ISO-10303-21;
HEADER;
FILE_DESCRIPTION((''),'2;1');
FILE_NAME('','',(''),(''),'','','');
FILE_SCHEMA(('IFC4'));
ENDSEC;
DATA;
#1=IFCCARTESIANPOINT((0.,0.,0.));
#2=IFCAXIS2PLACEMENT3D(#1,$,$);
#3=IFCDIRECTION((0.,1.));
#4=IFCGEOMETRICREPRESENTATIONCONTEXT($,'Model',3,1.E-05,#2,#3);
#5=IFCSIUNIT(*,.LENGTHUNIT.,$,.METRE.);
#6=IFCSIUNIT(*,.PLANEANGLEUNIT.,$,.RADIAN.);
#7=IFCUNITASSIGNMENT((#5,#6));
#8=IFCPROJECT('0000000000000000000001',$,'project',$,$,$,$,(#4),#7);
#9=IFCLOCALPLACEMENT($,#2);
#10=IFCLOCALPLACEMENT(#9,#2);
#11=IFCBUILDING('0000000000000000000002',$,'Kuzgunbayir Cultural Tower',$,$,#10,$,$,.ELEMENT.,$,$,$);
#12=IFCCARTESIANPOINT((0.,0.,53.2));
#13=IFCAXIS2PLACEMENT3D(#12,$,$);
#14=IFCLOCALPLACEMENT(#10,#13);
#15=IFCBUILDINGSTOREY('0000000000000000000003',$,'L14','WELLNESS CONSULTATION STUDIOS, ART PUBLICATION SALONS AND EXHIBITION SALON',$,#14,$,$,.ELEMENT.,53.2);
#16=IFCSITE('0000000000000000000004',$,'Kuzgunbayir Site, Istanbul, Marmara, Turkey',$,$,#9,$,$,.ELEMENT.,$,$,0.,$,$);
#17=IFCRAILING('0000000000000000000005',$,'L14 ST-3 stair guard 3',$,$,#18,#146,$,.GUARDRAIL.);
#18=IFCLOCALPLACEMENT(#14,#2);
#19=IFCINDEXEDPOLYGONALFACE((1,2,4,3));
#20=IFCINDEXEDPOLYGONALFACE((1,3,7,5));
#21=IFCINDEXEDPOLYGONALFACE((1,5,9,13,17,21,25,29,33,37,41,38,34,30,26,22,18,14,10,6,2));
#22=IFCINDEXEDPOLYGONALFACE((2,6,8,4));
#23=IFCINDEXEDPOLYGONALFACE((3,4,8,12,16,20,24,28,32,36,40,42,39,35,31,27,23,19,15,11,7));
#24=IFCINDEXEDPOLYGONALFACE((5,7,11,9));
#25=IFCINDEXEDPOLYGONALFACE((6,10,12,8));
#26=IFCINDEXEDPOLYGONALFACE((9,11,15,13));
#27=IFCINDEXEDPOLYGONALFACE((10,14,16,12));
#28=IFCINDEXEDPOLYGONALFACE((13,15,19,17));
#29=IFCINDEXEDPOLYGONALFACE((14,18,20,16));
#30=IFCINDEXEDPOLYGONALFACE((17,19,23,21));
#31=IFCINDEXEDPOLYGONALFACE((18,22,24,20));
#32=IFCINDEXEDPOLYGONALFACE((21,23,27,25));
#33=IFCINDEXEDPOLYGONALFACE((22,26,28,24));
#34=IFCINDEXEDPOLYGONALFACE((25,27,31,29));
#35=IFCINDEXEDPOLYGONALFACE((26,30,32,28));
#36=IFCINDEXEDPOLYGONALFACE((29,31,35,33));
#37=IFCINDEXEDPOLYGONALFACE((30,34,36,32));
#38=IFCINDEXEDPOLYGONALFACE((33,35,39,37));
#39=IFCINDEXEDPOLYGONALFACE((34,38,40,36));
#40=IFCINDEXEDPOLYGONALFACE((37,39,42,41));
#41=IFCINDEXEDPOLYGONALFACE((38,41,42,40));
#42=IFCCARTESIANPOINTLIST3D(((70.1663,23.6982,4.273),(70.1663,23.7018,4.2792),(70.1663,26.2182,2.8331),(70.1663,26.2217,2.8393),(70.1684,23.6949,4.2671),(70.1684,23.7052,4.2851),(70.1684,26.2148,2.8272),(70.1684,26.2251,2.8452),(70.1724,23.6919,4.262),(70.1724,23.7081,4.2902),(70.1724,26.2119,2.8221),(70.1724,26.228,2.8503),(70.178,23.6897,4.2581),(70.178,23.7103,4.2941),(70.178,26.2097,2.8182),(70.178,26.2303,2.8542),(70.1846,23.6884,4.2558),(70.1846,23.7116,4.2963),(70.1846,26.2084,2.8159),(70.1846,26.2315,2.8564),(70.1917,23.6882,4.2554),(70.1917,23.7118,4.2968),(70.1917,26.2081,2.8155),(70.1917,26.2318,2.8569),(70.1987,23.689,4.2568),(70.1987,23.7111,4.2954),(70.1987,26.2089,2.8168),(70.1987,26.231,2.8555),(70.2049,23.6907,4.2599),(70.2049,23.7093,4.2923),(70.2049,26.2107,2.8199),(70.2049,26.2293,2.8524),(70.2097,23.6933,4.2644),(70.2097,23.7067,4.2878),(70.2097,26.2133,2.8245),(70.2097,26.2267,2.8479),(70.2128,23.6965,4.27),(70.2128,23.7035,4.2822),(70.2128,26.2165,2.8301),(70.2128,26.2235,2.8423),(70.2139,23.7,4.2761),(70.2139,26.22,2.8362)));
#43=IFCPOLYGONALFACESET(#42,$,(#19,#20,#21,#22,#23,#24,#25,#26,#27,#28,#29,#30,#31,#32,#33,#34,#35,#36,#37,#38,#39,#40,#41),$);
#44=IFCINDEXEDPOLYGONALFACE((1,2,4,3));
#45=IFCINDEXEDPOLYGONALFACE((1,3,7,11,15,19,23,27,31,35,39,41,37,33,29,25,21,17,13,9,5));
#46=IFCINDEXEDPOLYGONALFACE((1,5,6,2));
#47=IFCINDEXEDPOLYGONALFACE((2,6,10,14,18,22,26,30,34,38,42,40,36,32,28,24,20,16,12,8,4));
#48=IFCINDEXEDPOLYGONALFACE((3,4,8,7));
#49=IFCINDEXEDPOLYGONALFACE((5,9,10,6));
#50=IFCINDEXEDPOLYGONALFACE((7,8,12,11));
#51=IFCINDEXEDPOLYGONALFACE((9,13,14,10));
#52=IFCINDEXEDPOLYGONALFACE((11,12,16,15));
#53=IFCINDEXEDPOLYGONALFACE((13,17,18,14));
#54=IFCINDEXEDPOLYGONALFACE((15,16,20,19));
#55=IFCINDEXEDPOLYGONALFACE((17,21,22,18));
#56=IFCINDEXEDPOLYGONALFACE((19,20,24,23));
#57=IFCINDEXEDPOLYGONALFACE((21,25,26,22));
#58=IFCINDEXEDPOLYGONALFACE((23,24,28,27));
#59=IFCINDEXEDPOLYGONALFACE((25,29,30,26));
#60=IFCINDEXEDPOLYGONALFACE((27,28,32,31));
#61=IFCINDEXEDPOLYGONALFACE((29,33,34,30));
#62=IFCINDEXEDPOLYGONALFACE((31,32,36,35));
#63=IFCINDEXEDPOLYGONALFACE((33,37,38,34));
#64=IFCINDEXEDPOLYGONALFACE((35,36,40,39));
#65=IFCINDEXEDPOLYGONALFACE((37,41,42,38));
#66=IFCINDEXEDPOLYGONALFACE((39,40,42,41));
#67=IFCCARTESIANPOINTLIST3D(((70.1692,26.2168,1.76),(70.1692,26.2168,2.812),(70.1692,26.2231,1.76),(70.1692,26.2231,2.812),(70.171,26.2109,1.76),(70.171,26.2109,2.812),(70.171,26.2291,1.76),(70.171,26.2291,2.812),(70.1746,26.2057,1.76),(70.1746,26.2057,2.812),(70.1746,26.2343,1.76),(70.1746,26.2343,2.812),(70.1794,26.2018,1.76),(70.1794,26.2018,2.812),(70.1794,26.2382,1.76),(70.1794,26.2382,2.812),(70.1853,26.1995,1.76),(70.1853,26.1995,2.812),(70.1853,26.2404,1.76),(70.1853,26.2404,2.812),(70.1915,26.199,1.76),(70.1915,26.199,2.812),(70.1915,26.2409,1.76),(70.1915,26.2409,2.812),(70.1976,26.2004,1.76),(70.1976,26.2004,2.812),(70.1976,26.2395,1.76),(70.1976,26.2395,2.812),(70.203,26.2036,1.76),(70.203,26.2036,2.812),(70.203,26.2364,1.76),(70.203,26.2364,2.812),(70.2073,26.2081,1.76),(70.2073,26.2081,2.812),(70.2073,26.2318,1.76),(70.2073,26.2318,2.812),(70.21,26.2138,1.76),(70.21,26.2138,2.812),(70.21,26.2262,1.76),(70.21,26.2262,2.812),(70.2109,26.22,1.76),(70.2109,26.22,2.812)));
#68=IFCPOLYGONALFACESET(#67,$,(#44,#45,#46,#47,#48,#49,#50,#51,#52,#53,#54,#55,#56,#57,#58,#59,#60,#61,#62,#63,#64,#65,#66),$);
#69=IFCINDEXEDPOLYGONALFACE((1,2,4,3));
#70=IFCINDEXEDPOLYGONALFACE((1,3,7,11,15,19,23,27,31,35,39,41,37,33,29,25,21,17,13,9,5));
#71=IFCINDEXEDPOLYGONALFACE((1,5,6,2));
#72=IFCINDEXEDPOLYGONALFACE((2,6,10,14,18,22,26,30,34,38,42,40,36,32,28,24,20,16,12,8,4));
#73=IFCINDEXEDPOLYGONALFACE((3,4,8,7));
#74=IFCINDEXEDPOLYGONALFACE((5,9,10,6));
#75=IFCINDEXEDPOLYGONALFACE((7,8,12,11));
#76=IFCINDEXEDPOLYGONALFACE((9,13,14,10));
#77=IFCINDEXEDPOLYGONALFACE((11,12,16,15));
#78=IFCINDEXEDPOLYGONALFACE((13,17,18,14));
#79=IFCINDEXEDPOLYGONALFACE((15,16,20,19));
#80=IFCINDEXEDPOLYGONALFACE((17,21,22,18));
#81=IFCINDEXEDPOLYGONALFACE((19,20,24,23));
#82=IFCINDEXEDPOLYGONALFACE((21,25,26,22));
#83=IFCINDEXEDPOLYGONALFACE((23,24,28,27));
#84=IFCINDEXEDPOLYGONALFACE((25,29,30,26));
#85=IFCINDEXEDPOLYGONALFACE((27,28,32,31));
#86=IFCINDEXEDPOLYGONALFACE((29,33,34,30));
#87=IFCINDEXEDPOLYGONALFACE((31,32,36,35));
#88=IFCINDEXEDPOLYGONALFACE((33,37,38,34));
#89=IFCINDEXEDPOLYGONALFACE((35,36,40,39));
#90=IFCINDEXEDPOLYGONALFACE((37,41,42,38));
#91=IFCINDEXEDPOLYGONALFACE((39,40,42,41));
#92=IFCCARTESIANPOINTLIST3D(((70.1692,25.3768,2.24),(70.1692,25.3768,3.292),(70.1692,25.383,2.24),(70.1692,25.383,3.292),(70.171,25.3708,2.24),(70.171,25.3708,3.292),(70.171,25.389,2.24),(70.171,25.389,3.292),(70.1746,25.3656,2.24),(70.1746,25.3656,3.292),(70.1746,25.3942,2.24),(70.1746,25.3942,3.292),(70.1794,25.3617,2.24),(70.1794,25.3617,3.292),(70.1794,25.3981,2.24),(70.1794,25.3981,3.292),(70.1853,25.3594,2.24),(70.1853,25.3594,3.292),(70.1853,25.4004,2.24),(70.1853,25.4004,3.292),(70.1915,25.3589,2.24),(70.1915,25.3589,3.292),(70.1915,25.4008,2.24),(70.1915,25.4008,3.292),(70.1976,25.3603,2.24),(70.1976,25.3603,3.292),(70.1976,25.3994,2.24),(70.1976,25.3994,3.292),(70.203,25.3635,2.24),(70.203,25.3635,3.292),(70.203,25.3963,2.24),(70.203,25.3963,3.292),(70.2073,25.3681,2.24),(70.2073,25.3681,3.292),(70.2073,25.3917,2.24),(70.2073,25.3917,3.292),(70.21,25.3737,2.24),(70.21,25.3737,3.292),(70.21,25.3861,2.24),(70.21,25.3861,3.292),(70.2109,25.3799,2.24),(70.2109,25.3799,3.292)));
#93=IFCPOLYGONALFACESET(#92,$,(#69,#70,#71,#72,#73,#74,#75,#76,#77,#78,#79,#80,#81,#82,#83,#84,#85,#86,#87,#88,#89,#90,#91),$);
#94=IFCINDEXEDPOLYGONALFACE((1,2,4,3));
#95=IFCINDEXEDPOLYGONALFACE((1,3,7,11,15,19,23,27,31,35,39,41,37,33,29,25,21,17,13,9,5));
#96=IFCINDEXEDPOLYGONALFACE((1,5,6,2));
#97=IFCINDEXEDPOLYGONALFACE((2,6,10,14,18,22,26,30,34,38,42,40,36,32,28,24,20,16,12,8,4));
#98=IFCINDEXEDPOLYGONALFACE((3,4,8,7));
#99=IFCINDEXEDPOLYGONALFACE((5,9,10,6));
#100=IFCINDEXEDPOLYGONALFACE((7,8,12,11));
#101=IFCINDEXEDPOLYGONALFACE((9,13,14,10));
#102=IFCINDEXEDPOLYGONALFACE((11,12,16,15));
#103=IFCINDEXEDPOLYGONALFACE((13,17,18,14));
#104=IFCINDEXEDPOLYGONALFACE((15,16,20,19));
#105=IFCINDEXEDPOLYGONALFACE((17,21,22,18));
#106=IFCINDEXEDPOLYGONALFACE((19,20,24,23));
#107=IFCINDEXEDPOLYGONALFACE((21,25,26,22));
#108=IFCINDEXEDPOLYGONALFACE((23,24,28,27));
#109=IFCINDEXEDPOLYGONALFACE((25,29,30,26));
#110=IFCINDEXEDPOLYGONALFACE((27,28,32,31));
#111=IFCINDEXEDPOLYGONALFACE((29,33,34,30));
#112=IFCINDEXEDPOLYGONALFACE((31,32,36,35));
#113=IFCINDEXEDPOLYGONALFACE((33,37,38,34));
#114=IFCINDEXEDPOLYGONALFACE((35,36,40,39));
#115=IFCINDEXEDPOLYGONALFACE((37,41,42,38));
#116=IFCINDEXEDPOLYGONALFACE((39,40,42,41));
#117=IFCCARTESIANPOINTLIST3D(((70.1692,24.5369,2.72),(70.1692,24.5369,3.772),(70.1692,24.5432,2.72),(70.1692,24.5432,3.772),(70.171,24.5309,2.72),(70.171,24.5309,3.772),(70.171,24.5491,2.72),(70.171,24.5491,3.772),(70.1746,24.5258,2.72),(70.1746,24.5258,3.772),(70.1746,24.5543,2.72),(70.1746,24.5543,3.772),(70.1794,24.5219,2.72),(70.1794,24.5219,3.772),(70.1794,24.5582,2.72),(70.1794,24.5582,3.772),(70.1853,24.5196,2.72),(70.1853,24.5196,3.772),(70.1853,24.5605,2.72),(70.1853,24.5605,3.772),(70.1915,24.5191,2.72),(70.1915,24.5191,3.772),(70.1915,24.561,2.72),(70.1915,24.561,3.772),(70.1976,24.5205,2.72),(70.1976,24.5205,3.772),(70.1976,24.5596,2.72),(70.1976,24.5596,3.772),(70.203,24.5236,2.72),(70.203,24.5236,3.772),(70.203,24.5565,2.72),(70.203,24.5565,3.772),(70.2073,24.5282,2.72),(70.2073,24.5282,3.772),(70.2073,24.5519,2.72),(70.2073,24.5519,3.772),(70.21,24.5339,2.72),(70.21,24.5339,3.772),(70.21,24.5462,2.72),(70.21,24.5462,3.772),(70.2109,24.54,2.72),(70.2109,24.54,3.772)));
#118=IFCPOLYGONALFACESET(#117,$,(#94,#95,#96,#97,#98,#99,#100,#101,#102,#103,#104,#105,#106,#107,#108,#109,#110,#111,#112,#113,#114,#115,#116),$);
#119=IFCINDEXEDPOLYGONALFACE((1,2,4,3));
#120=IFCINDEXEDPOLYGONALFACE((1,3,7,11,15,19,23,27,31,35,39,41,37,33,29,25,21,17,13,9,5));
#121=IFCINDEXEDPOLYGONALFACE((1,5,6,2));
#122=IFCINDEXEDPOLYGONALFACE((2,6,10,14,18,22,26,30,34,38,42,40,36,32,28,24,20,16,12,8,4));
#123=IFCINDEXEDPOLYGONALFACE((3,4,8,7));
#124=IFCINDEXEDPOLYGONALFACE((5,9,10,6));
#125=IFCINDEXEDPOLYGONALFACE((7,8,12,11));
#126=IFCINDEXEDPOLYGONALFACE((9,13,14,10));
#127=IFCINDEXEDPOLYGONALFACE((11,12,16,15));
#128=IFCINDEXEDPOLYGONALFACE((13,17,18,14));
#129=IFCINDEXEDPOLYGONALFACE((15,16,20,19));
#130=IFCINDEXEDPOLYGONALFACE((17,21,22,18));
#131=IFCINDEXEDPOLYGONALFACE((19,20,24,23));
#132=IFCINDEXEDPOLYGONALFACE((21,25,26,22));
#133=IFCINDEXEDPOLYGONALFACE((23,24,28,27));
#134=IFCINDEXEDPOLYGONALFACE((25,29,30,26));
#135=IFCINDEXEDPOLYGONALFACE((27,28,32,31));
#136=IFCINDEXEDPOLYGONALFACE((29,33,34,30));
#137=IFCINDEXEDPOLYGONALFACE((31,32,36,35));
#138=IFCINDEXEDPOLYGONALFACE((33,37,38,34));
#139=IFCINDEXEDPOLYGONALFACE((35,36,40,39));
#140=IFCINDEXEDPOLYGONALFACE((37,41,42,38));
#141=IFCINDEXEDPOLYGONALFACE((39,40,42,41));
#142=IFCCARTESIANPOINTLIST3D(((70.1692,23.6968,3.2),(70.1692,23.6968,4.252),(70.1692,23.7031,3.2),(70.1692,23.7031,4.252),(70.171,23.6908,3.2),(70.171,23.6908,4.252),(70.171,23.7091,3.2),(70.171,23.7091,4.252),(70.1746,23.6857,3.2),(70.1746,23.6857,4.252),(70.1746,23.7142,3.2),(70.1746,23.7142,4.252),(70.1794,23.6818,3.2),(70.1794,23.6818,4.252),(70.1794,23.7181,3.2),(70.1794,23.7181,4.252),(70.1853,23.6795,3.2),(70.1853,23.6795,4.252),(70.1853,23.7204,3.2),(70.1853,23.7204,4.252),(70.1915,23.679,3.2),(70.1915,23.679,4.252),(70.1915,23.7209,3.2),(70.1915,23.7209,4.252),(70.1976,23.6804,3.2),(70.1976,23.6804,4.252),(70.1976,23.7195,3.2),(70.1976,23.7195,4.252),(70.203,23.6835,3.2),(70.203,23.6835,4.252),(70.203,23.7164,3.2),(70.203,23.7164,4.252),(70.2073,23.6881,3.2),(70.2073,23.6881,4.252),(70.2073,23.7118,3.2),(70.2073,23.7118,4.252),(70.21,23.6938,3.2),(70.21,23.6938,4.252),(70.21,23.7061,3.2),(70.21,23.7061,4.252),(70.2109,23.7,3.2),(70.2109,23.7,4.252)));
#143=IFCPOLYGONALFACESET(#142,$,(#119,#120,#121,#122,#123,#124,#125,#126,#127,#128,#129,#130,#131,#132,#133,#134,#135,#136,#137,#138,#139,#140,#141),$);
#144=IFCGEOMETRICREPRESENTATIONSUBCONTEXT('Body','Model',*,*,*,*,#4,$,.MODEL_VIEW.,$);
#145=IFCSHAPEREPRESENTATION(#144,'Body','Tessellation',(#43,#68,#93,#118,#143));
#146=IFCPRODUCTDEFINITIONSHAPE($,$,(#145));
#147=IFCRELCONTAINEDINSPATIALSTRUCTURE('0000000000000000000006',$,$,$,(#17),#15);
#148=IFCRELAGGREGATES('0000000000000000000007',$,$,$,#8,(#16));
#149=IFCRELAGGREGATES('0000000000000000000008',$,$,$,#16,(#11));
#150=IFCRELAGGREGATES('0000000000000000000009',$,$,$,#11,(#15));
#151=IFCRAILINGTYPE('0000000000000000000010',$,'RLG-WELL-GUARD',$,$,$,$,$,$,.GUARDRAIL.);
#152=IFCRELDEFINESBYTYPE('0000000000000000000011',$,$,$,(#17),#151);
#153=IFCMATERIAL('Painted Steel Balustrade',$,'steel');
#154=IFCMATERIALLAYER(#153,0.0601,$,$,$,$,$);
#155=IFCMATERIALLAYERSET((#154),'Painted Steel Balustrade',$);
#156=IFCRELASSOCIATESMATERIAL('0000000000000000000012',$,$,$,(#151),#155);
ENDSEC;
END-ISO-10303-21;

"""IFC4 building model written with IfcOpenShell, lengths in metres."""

from ifc_helpers import new_model, si_unit, direction, frame, origin, origin_2d, place, context, subcontext, project, spatial, circle, extrude, material, layer, layer_set, type_object, element, save


model = new_model("IFC4")

# Units and contexts
model_context = context("Model", 3, precision=1e-05, world=origin(), true_north=direction((0.0, 1.0)))
body_context = subcontext(model_context, "Body", "Model", "MODEL_VIEW")
ifc_project = project(units=[si_unit("LENGTHUNIT", "METRE"), si_unit("PLANEANGLEUNIT", "RADIAN")], contexts=[model_context])

# Site, building, storey
site_placement = place(None, origin())
site = spatial("IfcSite", under=ifc_project, at=site_placement, Name="Kuzgunbayir Site, Istanbul, Marmara, Turkey", CompositionType="ELEMENT", RefElevation=0.0)
building_placement = place(site_placement, origin())
building = spatial("IfcBuilding", under=site, at=building_placement, Name="Kuzgunbayir Cultural Tower", CompositionType="ELEMENT")
storey_placement = place(building_placement, frame((0.0, 0.0, 53.2)))
storey = spatial("IfcBuildingStorey", under=building, at=storey_placement, Name="L14", Description="WELLNESS CONSULTATION STUDIOS, ART PUBLICATION SALONS AND EXHIBITION SALON", CompositionType="ELEMENT", Elevation=53.2)

# Railing
ifc_material_1 = material(Name="Painted Steel Balustrade", Category="steel")
ifc_layer_1 = layer(ifc_material_1, 0.0601)
ifc_layer_set_1 = layer_set([ifc_layer_1], Name="Painted Steel Balustrade")
railing_type_1 = type_object("IfcRailingType", Name="RLG-WELL-GUARD", PredefinedType="GUARDRAIL", material=ifc_layer_set_1)
railing_1_placement = place(storey_placement, frame((70.1899, 26.22, 1.76)))
element("IfcRailing", 1, at=railing_1_placement, inside=storey, type_object=railing_type_1, Name="L14 ST-3 stair guard 3", PredefinedType="GUARDRAIL", context=body_context, shape_type="SweptSolid", body=[
    extrude(circle(Radius=0.0239, at=origin_2d()), frame((0.0, 0.0, 1.0762), z_axis=(0.0, -0.868253, 0.496121), x_axis=(1.0, 0.0, 0.0)), (0.0, 0.0, 1.0), 2.9023),
    extrude(circle(Radius=0.021, at=origin_2d()), origin(), (0.0, 0.0, 1.0), 1.052),
    extrude(circle(Radius=0.021, at=origin_2d()), frame((0.0, -0.8401, 0.48)), (0.0, 0.0, 1.0), 1.052),
    extrude(circle(Radius=0.021, at=origin_2d()), frame((0.0, -1.6799, 0.96)), (0.0, 0.0, 1.0), 1.052),
    extrude(circle(Radius=0.021, at=origin_2d()), frame((0.0, -2.52, 1.4399)), (0.0, 0.0, 1.0), 1.052),
])

save(model, "model.ifc")
